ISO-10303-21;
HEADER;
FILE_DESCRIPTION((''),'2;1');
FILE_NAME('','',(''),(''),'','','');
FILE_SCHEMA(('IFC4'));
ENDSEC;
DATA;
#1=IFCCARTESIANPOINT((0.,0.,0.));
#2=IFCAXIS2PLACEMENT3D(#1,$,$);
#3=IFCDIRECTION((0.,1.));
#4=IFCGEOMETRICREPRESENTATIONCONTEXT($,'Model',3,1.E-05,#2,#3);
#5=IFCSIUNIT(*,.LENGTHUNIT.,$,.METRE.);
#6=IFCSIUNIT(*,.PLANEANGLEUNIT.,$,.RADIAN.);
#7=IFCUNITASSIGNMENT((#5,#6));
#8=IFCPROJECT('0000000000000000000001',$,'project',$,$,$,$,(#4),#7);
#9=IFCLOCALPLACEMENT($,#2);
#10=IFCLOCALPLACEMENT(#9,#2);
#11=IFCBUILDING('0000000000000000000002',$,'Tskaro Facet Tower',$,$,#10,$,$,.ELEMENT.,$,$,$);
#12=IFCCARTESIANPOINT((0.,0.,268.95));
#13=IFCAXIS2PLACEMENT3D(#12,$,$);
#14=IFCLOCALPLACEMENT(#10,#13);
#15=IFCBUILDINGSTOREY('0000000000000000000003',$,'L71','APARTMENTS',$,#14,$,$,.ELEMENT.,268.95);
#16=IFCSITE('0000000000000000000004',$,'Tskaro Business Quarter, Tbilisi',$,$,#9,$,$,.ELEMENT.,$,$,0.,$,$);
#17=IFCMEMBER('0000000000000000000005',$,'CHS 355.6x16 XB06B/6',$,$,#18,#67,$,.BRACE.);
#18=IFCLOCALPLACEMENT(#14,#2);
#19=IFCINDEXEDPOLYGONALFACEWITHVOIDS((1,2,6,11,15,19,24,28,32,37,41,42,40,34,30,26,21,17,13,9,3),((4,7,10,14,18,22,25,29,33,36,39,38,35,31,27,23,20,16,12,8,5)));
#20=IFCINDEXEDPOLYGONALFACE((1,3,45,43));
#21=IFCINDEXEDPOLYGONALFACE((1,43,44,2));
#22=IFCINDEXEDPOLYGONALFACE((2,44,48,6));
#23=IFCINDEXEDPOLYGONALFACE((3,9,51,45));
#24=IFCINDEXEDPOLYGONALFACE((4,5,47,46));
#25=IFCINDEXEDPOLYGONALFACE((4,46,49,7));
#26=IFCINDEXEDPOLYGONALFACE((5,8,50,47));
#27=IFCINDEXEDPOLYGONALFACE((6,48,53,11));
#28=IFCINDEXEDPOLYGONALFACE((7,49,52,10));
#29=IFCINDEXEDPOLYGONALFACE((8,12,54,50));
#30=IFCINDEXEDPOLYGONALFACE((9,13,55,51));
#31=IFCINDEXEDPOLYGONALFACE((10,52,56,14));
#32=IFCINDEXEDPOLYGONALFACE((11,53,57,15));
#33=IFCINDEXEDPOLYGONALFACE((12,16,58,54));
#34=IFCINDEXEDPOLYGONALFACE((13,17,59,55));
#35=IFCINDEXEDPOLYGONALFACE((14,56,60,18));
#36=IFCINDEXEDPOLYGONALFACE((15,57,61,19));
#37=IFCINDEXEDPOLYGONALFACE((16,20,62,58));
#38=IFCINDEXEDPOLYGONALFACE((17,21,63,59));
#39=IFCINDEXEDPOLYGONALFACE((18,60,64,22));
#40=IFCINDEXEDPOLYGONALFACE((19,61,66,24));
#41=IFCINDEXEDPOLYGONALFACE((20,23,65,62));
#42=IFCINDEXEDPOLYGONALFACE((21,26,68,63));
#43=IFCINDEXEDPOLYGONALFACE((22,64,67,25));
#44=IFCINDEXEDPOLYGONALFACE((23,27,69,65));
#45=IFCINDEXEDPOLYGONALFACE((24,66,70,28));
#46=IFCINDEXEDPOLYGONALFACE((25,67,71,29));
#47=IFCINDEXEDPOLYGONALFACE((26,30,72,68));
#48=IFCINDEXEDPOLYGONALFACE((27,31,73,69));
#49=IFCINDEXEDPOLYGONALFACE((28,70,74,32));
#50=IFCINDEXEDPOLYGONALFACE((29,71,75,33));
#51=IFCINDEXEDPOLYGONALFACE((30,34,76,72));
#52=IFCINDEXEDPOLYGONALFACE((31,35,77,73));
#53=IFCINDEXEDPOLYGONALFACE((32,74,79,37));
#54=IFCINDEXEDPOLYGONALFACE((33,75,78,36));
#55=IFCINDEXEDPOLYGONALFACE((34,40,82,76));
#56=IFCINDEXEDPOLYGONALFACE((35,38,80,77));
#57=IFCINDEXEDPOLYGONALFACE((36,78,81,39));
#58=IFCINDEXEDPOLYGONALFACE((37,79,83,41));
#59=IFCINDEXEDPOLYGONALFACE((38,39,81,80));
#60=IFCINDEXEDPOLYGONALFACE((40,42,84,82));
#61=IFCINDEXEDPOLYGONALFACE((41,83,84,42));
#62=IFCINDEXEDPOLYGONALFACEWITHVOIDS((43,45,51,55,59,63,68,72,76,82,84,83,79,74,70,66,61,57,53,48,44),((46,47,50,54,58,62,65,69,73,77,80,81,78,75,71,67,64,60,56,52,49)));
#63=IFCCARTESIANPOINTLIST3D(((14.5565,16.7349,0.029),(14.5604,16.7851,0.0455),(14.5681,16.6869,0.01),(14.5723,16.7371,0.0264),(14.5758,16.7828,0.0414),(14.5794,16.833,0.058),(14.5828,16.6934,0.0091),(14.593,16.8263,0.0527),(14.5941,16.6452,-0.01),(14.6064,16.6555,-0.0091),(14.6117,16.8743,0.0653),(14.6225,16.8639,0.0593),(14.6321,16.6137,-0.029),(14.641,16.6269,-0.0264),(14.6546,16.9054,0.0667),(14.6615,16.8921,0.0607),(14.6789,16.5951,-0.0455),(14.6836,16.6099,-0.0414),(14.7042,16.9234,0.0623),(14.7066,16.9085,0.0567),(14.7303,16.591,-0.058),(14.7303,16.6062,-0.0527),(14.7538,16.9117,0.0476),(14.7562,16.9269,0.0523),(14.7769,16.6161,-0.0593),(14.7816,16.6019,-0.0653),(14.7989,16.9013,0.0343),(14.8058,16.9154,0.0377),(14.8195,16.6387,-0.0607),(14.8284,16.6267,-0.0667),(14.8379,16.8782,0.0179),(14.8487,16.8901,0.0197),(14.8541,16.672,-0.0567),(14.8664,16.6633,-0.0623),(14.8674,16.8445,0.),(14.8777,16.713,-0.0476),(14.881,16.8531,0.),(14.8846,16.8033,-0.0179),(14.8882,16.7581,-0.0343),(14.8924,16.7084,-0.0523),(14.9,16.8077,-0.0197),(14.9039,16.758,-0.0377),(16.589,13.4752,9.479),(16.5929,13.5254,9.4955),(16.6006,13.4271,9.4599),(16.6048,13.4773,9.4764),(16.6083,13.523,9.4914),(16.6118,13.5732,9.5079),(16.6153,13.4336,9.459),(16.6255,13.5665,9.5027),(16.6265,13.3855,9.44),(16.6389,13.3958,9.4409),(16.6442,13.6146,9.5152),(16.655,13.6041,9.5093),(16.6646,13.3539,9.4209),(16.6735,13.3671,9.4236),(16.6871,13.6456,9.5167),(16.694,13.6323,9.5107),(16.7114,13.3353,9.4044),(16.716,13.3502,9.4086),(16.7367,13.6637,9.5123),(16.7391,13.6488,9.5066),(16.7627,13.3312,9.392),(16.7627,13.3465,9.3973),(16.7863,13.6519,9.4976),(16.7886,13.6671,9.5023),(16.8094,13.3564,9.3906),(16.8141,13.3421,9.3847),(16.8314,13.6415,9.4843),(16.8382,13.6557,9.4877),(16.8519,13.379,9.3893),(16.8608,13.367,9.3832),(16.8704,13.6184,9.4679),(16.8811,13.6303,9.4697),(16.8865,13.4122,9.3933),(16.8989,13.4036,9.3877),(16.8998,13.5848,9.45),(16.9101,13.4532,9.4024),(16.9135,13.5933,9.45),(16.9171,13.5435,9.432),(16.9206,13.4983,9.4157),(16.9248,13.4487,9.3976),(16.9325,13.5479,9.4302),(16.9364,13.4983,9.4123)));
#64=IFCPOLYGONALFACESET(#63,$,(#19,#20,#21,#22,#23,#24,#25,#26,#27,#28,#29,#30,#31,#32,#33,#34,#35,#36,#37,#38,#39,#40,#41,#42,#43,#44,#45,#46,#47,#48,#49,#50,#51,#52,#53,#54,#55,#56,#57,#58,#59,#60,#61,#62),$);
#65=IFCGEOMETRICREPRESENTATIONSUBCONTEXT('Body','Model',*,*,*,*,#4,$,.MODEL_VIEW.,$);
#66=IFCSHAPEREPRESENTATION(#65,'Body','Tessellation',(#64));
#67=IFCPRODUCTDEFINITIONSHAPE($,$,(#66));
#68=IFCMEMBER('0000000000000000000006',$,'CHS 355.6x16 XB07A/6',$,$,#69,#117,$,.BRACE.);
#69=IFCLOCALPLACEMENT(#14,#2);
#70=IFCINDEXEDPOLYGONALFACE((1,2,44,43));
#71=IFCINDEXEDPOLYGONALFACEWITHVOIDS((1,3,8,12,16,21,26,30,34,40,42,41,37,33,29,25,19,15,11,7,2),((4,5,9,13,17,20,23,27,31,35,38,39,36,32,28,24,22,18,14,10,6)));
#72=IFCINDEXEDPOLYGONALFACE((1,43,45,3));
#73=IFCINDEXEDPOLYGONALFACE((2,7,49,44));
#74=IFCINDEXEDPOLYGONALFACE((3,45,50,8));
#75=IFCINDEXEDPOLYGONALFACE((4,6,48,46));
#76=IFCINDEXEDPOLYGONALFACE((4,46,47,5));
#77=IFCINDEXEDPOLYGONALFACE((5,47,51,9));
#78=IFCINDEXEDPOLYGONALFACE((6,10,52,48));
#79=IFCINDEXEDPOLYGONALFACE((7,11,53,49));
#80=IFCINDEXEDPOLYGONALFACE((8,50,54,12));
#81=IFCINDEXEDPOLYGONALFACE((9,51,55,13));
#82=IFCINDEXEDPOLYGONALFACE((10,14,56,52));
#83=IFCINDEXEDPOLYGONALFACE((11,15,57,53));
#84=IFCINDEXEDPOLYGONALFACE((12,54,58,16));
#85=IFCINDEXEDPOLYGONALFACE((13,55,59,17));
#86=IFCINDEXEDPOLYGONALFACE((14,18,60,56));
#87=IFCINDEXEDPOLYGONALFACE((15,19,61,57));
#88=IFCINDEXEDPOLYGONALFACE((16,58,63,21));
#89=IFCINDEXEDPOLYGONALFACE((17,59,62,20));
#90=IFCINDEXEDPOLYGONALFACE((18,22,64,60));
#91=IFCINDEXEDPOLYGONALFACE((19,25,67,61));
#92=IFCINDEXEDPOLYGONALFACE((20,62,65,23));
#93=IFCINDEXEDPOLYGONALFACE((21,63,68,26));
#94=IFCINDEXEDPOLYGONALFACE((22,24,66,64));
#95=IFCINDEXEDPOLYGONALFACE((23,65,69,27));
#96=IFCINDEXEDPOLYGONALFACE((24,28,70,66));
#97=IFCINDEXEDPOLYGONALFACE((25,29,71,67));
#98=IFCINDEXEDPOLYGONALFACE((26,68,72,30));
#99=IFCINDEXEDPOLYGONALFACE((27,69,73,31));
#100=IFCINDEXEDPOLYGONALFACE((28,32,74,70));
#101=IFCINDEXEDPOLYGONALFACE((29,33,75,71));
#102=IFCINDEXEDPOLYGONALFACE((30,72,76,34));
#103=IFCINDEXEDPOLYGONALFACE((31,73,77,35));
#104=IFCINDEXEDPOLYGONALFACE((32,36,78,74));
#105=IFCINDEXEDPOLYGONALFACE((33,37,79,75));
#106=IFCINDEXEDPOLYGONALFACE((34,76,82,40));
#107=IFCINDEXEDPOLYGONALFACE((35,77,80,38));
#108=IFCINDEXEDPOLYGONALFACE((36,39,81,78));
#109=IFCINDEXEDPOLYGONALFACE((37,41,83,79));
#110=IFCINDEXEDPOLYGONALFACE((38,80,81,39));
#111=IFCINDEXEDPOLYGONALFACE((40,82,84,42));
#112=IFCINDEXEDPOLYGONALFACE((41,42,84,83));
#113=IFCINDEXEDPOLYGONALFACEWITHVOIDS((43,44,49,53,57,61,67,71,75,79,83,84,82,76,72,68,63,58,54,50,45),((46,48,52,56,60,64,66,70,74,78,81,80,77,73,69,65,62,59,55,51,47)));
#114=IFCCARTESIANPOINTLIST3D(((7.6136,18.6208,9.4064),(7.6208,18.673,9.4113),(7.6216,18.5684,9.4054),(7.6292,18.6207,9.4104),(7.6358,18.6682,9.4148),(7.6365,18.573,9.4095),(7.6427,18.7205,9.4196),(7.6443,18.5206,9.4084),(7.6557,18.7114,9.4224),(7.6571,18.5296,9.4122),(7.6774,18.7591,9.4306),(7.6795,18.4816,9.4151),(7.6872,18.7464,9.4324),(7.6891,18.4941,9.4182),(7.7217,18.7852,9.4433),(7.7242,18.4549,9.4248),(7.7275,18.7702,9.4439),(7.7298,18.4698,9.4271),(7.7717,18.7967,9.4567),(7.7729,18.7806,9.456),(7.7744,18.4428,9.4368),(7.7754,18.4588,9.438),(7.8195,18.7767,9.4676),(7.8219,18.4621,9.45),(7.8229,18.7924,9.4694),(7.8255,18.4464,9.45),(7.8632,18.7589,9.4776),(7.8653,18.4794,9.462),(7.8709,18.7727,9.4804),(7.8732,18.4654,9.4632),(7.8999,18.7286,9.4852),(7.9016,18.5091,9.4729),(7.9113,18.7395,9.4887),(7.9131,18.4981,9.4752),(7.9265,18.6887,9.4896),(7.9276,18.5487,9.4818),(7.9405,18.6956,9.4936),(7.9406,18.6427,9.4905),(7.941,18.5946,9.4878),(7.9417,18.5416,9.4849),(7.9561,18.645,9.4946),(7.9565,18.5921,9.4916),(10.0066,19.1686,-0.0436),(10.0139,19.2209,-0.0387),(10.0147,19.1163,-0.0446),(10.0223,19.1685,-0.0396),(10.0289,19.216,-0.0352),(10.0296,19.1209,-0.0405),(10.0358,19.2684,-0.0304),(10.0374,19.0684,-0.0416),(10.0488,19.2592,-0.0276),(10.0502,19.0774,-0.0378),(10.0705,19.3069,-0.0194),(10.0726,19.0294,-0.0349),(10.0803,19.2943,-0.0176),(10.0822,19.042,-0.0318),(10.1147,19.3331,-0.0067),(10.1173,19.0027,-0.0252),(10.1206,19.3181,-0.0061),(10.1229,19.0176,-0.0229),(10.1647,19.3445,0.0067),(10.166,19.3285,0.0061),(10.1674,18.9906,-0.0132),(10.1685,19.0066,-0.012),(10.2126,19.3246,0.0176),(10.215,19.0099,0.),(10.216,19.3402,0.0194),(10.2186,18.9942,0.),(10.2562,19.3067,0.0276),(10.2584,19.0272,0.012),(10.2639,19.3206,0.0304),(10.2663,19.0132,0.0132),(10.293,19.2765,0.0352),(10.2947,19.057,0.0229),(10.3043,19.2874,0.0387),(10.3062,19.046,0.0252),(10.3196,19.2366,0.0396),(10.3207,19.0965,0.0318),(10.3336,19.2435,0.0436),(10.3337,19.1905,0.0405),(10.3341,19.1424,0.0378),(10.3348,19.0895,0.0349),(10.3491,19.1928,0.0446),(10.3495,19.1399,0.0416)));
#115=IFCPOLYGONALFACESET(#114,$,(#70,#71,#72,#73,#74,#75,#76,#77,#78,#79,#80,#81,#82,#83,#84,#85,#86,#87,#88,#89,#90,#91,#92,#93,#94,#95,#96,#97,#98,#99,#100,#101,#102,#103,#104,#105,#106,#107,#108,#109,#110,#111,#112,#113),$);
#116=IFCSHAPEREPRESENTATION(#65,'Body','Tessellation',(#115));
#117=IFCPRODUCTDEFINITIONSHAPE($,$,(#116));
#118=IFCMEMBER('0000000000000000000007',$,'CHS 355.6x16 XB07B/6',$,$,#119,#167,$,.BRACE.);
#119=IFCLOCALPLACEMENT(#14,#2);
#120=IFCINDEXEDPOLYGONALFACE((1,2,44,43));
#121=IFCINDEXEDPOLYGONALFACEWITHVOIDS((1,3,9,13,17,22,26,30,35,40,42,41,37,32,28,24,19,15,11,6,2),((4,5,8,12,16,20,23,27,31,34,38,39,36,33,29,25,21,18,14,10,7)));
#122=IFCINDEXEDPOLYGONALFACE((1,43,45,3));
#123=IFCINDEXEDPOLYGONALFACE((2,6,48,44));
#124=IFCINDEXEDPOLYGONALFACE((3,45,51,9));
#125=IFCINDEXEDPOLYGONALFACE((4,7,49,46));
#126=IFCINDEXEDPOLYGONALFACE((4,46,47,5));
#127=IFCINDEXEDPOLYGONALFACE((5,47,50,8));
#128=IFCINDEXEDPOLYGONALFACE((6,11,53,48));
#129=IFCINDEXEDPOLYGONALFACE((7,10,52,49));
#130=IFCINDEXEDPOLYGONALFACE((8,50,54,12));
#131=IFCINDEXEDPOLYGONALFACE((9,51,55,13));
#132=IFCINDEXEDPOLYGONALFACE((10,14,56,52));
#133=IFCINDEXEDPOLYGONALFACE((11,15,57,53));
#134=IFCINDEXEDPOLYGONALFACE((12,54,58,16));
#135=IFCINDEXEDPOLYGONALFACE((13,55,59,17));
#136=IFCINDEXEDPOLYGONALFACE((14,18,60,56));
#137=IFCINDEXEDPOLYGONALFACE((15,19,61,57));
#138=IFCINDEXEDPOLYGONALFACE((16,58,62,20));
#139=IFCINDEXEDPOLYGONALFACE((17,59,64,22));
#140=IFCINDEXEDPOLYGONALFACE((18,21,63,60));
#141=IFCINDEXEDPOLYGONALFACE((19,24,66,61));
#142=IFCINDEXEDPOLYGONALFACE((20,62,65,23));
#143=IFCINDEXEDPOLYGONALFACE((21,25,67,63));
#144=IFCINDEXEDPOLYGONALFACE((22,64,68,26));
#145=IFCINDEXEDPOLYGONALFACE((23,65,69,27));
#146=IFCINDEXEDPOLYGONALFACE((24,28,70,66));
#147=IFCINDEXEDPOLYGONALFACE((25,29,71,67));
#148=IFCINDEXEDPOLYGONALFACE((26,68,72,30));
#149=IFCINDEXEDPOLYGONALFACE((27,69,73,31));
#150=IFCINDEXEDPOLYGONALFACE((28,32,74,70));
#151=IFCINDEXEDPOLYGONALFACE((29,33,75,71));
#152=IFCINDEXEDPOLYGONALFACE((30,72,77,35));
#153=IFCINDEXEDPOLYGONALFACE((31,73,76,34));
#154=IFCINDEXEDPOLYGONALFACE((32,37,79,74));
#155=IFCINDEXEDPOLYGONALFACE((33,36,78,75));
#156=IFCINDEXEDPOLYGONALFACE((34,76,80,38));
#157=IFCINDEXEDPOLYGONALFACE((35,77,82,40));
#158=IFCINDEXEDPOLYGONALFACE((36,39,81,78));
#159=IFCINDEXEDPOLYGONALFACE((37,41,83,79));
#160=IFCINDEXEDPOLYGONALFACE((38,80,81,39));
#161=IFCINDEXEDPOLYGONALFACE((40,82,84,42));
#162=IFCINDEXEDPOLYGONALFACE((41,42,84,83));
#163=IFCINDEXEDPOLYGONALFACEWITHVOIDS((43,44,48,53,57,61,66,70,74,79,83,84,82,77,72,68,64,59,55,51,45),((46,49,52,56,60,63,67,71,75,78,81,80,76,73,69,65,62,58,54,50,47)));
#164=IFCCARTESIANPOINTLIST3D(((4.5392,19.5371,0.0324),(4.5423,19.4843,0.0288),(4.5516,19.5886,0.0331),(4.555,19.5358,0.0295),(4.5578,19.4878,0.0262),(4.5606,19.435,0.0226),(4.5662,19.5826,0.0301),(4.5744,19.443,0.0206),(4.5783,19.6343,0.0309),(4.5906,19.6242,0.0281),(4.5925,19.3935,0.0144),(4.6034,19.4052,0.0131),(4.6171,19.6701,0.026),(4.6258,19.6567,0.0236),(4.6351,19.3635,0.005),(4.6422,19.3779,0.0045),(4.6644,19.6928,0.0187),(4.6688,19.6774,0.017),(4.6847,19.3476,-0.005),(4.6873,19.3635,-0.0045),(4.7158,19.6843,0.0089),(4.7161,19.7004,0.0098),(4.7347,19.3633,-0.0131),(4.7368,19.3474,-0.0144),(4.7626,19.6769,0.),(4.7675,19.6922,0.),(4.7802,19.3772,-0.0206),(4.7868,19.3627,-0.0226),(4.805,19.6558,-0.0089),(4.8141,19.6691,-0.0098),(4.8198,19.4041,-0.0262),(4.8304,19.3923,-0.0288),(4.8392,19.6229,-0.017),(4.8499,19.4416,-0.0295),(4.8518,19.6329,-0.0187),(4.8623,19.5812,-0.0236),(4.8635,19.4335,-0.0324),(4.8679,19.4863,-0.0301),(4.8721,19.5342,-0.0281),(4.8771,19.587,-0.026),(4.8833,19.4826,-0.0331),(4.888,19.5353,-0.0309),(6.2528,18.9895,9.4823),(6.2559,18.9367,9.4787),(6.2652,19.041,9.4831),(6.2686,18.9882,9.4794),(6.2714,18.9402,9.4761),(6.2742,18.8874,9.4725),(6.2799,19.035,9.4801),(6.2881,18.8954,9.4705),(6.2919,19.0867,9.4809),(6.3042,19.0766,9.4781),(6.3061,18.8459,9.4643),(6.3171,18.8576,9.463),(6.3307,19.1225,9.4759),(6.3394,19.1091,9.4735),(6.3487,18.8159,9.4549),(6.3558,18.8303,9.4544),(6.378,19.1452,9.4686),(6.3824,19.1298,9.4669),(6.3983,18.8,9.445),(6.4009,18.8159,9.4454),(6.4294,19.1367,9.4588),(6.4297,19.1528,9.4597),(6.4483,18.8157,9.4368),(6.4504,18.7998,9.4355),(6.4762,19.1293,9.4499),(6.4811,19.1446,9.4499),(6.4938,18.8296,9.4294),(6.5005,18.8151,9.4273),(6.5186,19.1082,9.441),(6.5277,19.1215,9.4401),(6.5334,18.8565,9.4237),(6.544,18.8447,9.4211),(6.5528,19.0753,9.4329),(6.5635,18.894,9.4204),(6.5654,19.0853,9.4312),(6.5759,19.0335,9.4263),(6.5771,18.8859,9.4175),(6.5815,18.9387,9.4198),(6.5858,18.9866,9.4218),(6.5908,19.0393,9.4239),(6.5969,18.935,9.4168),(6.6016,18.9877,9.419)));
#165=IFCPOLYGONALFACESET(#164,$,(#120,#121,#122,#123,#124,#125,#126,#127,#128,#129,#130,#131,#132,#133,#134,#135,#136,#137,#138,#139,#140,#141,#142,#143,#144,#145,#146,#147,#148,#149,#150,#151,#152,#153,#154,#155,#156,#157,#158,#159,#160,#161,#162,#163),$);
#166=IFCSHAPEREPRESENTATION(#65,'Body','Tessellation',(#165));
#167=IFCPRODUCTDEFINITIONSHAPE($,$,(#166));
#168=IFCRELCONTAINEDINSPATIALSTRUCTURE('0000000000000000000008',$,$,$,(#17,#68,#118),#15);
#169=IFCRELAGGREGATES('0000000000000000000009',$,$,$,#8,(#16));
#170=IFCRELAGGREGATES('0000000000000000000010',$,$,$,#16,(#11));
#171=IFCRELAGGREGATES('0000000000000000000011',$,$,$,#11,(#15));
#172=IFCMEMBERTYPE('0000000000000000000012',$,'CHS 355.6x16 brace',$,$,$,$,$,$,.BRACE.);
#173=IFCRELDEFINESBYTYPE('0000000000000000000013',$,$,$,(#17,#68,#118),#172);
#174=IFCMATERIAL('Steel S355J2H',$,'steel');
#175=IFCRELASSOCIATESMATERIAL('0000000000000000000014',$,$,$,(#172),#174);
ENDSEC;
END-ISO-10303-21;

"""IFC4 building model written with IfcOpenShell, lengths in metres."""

from ifc_helpers import new_model, si_unit, direction, frame, origin, origin_2d, place, context, subcontext, project, spatial, hollow_circle, extrude, material, material_profile, profile_set, type_object, element, save


model = new_model("IFC4")

# Units and contexts
model_context = context("Model", 3, precision=1e-05, world=origin(), true_north=direction((0.0, 1.0)))
body_context = subcontext(model_context, "Body", "Model", "MODEL_VIEW")
ifc_project = project(units=[si_unit("LENGTHUNIT", "METRE"), si_unit("PLANEANGLEUNIT", "RADIAN")], contexts=[model_context])

# Site, building, storey
site_placement = place(None, origin())
site = spatial("IfcSite", under=ifc_project, at=site_placement, Name="Tskaro Business Quarter, Tbilisi", CompositionType="ELEMENT", RefElevation=0.0)
building_placement = place(site_placement, origin())
building = spatial("IfcBuilding", under=site, at=building_placement, Name="Tskaro Facet Tower", CompositionType="ELEMENT")
storey_placement = place(building_placement, frame((0.0, 0.0, 268.95)))
storey = spatial("IfcBuildingStorey", under=building, at=storey_placement, Name="L71", Description="APARTMENTS", CompositionType="ELEMENT", Elevation=268.95)

# Shared definitions
ifc_material_1 = material(Name="Steel S355J2H", Category="steel")

# Members
ifc_material_profile_1 = material_profile(ifc_material_1, hollow_circle(Radius=0.1777, WallThickness=0.0161, at=origin_2d()), Name="CHS 355.6x16")
ifc_profile_set_1 = profile_set([ifc_material_profile_1], Name="Steel S355J2H")
member_type_1 = type_object("IfcMemberType", Name="CHS 355.6x16 brace", PredefinedType="BRACE", material=ifc_profile_set_1)
for number, where, z_axis, x_axis, name in (
    (1, (14.7302, 16.759, 0.0), (0.199244, -0.319556, 0.926383), (0.848569, 0.529085, 0.0), "CHS 355.6x16 XB06B/6"),
):
    element("IfcMember", number, at=place(storey_placement, frame(where, z_axis=z_axis, x_axis=x_axis)), inside=storey, type_object=member_type_1, Name=name, PredefinedType="BRACE", context=body_context, shape_type="SweptSolid", body=[
        extrude(hollow_circle(Radius=0.1777, WallThickness=0.0161, at=origin_2d()), origin(), (0.0, 0.0, 1.0), 10.2009),
    ])
member_1_placement = place(storey_placement, frame((10.179, 19.1675, 0.0), z_axis=(-0.2451, -0.056111, 0.967873), x_axis=(0.22316, -0.974782, 0.0)))
element("IfcMember", 2, at=member_1_placement, inside=storey, type_object=member_type_1, Name="CHS 355.6x16 XB07A/6", PredefinedType="BRACE", context=body_context, shape_type="SweptSolid", body=[
    extrude(hollow_circle(Radius=0.1777, WallThickness=0.0161, at=origin_2d()), origin(), (0.0, 0.0, 1.0), 9.7637),
])
for number, where, z_axis, x_axis, name in (
    (3, (4.7134, 19.5229, 0.0), (0.178137, -0.056926, 0.982358), (0.304397, 0.952545, 0.0), "CHS 355.6x16 XB07B/6"),
):
    element("IfcMember", number, at=place(storey_placement, frame(where, z_axis=z_axis, x_axis=x_axis)), inside=storey, type_object=member_type_1, Name=name, PredefinedType="BRACE", context=body_context, shape_type="SweptSolid", body=[
        extrude(hollow_circle(Radius=0.1777, WallThickness=0.0161, at=origin_2d()), origin(), (0.0, 0.0, 1.0), 9.6196),
    ])

save(model, "model.ifc")
